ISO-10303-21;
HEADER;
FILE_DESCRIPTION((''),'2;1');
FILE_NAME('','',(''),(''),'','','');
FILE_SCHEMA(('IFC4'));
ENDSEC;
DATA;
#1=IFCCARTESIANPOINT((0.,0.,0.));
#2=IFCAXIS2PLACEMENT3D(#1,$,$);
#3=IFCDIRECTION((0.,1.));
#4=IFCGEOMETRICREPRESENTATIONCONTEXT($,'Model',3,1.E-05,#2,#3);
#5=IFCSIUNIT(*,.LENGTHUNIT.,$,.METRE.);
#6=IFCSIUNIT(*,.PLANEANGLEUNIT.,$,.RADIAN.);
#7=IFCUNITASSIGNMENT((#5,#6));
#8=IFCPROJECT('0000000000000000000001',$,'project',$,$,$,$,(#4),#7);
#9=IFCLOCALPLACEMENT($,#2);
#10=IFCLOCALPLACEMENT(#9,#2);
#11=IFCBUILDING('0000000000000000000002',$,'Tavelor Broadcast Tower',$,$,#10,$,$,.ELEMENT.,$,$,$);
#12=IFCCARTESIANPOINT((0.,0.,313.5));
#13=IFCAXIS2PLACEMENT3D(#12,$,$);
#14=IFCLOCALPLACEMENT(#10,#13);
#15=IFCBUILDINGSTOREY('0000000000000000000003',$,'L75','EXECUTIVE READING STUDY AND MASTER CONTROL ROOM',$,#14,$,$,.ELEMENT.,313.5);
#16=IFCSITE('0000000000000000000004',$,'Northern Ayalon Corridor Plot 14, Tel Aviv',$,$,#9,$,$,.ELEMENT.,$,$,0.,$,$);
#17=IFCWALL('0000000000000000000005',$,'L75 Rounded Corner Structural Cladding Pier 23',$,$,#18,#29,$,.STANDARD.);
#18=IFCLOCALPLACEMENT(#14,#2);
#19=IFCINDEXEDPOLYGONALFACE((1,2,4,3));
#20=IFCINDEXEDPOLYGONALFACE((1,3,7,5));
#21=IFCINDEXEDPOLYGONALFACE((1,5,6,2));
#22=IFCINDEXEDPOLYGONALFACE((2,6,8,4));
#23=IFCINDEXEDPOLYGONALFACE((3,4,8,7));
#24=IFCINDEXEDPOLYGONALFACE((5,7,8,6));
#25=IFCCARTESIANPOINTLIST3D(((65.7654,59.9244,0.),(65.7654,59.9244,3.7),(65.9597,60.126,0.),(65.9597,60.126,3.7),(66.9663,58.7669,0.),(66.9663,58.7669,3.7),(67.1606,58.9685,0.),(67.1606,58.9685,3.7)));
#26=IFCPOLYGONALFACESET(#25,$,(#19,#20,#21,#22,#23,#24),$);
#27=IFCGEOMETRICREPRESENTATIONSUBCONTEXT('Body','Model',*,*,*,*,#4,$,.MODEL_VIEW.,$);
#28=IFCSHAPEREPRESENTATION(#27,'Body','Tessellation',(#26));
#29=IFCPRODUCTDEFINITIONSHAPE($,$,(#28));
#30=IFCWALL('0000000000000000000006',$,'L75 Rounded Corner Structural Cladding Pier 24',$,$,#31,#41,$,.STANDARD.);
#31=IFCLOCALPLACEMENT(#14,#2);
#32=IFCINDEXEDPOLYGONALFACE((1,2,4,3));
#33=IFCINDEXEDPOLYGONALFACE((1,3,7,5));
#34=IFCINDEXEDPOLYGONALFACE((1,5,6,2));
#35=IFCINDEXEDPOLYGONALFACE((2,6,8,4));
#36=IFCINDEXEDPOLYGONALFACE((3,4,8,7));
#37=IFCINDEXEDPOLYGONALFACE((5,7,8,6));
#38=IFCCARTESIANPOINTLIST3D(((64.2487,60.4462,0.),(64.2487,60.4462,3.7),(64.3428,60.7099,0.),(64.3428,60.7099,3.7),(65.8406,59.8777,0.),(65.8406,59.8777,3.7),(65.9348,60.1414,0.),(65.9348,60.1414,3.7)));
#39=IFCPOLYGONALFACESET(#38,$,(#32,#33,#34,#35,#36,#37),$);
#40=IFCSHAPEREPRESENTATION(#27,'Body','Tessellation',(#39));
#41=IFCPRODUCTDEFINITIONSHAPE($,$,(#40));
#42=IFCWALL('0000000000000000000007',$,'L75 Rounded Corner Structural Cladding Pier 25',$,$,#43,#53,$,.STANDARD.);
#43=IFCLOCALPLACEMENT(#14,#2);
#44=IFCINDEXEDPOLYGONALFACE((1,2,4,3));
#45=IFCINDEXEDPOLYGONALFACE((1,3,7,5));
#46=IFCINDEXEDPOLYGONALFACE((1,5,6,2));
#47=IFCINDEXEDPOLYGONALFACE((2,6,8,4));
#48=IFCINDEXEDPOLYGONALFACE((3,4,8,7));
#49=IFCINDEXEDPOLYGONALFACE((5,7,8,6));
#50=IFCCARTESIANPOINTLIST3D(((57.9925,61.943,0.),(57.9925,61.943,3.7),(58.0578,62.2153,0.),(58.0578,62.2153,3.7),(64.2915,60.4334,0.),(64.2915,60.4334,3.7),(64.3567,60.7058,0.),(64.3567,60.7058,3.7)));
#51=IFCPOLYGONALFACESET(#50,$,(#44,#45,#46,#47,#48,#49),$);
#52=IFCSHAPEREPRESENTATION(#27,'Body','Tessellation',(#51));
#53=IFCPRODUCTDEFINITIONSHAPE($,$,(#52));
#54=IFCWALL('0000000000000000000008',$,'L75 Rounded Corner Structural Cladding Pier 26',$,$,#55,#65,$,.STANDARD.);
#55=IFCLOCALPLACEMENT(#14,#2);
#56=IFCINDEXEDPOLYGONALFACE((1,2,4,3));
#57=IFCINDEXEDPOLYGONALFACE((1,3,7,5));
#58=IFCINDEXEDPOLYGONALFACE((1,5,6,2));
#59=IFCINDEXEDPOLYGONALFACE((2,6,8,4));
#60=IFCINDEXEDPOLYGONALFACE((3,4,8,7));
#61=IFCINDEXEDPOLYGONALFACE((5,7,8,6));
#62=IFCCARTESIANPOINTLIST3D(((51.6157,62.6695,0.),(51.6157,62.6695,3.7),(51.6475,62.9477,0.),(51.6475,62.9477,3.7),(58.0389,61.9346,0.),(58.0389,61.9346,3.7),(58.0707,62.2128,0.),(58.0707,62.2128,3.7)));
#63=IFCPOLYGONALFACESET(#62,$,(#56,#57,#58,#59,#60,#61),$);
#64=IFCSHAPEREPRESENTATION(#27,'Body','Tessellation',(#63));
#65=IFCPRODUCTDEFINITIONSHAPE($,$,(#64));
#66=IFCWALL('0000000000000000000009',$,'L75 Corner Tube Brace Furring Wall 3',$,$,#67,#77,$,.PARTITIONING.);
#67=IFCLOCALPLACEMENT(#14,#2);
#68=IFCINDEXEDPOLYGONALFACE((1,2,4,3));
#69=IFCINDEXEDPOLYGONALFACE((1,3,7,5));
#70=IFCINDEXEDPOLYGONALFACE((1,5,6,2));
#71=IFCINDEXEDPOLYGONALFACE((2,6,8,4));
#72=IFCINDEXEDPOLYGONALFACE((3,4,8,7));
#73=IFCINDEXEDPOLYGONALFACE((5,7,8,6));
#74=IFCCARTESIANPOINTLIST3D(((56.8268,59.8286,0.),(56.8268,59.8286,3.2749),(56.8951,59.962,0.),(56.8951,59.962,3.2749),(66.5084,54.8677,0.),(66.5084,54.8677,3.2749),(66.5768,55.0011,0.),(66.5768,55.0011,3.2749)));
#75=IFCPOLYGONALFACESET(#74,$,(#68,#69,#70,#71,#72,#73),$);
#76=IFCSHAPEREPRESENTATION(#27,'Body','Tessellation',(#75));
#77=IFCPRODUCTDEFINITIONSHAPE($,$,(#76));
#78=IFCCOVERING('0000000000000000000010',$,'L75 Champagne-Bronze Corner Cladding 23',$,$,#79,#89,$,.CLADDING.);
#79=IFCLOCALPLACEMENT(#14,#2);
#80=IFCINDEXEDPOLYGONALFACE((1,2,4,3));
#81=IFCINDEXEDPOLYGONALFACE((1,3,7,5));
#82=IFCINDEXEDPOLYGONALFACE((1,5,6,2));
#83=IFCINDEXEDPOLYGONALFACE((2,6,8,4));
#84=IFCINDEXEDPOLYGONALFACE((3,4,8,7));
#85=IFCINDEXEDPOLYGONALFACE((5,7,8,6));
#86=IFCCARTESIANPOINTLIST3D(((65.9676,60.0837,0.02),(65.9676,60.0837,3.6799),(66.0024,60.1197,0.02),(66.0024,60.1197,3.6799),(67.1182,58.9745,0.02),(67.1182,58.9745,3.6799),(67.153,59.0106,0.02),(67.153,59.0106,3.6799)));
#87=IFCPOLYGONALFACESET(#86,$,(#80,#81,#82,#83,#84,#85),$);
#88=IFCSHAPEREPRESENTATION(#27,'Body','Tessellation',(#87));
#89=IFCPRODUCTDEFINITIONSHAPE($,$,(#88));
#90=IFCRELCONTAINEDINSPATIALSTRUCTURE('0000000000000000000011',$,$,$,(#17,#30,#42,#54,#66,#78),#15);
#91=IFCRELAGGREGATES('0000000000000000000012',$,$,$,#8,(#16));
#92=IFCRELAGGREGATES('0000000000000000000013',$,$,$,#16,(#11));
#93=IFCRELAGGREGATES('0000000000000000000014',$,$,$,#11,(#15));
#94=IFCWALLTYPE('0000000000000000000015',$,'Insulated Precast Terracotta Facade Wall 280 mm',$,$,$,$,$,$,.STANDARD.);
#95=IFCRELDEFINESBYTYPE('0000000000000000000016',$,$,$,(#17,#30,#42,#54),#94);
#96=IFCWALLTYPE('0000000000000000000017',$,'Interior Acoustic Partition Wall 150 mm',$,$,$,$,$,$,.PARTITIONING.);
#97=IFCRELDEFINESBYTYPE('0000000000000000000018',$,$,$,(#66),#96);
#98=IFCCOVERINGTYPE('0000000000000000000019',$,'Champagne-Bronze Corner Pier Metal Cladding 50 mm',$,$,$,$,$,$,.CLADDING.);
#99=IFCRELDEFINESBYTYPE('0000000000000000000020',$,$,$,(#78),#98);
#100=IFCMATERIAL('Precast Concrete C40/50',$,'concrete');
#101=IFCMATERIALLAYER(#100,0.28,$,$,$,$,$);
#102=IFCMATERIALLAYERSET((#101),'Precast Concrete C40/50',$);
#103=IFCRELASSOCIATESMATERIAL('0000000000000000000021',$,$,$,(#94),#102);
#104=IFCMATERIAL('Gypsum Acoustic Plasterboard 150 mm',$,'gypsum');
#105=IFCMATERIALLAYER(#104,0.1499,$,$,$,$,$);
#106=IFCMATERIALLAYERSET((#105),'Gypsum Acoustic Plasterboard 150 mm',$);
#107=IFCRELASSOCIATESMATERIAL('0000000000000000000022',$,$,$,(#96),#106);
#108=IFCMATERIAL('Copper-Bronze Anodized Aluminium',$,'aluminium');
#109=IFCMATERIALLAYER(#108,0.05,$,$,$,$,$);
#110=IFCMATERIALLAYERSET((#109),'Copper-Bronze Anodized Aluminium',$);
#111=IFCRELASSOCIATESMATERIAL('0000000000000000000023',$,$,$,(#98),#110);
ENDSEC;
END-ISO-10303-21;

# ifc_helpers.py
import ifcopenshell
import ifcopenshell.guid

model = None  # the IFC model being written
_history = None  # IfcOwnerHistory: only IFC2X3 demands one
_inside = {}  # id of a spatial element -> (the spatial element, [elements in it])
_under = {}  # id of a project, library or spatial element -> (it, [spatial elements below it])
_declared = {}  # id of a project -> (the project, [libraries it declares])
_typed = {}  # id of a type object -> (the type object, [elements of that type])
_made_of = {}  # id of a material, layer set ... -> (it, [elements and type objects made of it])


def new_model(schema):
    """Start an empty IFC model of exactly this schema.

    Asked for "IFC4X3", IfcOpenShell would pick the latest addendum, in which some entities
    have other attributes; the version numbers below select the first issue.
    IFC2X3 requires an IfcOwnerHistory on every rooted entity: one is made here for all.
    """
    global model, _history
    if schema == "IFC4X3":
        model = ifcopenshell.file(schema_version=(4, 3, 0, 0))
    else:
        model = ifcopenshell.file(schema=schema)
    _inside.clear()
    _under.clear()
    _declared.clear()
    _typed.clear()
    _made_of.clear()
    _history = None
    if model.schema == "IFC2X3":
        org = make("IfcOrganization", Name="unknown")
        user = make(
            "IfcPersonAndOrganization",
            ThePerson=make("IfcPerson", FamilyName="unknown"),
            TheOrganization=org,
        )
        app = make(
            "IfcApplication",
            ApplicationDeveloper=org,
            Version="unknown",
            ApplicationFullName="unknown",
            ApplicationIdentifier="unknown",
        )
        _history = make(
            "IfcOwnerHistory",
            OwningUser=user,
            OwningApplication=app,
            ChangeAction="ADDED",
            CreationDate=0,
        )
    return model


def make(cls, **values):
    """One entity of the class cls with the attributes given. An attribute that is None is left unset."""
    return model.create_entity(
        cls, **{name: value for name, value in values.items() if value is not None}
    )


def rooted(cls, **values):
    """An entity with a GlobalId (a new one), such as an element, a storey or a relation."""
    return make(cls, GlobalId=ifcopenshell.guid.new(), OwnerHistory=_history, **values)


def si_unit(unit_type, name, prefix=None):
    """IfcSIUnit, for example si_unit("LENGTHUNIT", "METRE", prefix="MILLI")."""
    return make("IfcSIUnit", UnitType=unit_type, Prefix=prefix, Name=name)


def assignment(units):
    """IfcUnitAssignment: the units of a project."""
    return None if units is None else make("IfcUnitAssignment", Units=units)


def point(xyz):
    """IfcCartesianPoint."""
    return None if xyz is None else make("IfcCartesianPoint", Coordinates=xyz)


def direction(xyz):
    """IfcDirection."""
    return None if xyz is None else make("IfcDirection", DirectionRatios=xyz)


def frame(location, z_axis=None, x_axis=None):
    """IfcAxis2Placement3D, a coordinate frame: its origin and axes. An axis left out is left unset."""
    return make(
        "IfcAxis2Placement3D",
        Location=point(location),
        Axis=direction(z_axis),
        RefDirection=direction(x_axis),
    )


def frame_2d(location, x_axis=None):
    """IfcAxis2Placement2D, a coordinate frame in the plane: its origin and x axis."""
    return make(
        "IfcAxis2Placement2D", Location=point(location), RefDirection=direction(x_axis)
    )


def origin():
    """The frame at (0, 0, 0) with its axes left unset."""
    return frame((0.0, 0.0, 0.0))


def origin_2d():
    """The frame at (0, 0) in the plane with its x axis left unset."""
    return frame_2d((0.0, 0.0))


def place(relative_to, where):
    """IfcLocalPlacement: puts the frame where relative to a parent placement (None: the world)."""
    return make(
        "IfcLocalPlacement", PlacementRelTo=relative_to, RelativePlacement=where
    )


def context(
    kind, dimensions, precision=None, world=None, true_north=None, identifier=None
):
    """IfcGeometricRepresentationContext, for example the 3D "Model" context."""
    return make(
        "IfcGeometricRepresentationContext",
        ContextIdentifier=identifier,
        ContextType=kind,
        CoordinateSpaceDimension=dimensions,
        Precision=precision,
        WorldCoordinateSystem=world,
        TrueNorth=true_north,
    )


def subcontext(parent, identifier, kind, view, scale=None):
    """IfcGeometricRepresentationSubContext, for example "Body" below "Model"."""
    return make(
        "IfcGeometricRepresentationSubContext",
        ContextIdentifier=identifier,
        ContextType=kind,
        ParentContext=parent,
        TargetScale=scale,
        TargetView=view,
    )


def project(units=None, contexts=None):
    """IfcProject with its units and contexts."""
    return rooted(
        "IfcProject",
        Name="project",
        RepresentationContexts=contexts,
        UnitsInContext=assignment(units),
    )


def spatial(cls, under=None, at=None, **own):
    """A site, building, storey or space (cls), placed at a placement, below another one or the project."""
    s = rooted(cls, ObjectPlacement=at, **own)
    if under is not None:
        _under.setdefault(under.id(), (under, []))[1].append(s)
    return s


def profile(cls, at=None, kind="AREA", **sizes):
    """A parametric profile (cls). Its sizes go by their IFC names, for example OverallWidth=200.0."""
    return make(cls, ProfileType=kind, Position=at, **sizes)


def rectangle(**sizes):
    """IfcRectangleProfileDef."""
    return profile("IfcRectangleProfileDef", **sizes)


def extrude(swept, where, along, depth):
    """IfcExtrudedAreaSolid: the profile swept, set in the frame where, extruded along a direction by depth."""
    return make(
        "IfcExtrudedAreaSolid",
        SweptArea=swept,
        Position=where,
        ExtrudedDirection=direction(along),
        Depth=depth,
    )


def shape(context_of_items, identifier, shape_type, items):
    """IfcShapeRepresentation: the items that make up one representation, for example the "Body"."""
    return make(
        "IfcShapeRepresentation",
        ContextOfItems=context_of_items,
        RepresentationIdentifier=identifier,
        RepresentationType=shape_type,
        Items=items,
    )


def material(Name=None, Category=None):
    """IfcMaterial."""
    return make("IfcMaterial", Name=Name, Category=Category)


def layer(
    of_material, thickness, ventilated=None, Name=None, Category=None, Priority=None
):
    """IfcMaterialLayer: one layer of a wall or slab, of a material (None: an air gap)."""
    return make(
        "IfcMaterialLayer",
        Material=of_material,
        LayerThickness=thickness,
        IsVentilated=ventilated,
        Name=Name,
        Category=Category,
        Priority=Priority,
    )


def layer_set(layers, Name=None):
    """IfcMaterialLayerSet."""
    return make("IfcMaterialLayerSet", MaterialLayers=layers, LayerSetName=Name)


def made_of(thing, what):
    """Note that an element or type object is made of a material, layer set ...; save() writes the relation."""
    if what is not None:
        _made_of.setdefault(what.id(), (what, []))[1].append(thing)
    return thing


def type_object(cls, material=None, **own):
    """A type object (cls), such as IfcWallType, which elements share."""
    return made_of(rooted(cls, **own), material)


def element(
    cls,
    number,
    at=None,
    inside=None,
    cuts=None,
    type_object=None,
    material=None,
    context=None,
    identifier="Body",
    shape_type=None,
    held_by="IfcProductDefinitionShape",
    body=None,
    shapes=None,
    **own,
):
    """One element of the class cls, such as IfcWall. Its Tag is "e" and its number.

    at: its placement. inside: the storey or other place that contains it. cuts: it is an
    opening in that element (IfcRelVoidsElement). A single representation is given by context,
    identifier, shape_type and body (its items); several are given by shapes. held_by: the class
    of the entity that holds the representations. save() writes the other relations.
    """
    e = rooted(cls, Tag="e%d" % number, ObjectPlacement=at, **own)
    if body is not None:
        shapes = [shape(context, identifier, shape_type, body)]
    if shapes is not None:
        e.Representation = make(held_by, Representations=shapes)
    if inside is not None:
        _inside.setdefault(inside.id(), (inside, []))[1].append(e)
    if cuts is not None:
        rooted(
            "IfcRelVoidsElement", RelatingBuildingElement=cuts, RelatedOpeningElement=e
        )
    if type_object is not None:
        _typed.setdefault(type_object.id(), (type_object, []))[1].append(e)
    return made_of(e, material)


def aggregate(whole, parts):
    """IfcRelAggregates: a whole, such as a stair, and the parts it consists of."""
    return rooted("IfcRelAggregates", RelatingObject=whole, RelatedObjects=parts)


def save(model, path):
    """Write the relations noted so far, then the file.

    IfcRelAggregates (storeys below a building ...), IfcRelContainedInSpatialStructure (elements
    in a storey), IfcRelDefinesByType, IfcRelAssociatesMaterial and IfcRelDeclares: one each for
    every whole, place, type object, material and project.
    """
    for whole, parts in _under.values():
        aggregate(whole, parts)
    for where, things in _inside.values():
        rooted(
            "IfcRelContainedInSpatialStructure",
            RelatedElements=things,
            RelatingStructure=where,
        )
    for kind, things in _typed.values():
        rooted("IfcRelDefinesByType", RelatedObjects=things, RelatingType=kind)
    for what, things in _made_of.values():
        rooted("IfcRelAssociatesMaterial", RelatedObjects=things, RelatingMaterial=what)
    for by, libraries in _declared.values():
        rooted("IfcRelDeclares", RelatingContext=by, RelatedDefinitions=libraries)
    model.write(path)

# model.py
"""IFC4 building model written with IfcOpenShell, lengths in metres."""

from ifc_helpers import new_model, si_unit, direction, frame, frame_2d, origin, origin_2d, place, context, subcontext, project, spatial, rectangle, extrude, material, layer, layer_set, type_object, element, save


model = new_model("IFC4")

# Units and contexts
model_context = context("Model", 3, precision=1e-05, world=origin(), true_north=direction((0.0, 1.0)))
body_context = subcontext(model_context, "Body", "Model", "MODEL_VIEW")
ifc_project = project(units=[si_unit("LENGTHUNIT", "METRE"), si_unit("PLANEANGLEUNIT", "RADIAN")], contexts=[model_context])

# Site, building, storey
site_placement = place(None, origin())
site = spatial("IfcSite", under=ifc_project, at=site_placement, Name="Northern Ayalon Corridor Plot 14, Tel Aviv", CompositionType="ELEMENT", RefElevation=0.0)
building_placement = place(site_placement, origin())
building = spatial("IfcBuilding", under=site, at=building_placement, Name="Tavelor Broadcast Tower", CompositionType="ELEMENT")
storey_placement = place(building_placement, frame((0.0, 0.0, 313.5)))
storey = spatial("IfcBuildingStorey", under=building, at=storey_placement, Name="L75", Description="EXECUTIVE READING STUDY AND MASTER CONTROL ROOM", CompositionType="ELEMENT", Elevation=313.5)

# Walls
ifc_material_1 = material(Name="Precast Concrete C40/50", Category="concrete")
ifc_layer_1 = layer(ifc_material_1, 0.28)
ifc_layer_set_1 = layer_set([ifc_layer_1], Name="Precast Concrete C40/50")
wall_type_1 = type_object("IfcWallType", Name="Insulated Precast Terracotta Facade Wall 280 mm", PredefinedType="STANDARD", material=ifc_layer_set_1)
wall_1_placement = place(storey_placement, frame((67.0635, 58.8677, 0.0), z_axis=(0.0, 0.0, 1.0), x_axis=(-0.720014, 0.693959, 0.0)))
element("IfcWall", 1, at=wall_1_placement, inside=storey, type_object=wall_type_1, Name="L75 Rounded Corner Structural Cladding Pier 23", PredefinedType="STANDARD", context=body_context, shape_type="SweptSolid", body=[
    extrude(rectangle(XDim=1.668, YDim=0.28, at=frame_2d((0.834, 0.0))), origin(), (0.0, 0.0, 1.0), 3.7),
])
wall_2_placement = place(storey_placement, frame((65.8877, 60.0095, 0.0), z_axis=(0.0, 0.0, 1.0), x_axis=(-0.941739, 0.336346, 0.0)))
element("IfcWall", 2, at=wall_2_placement, inside=storey, type_object=wall_type_1, Name="L75 Rounded Corner Structural Cladding Pier 24", PredefinedType="STANDARD", context=body_context, shape_type="SweptSolid", body=[
    extrude(rectangle(XDim=1.6904, YDim=0.28, at=frame_2d((0.8452, 0.0))), origin(), (0.0, 0.0, 1.0), 3.7),
])
wall_3_placement = place(storey_placement, frame((64.3242, 60.5696, 0.0), z_axis=(0.0, 0.0, 1.0), x_axis=(-0.972464, 0.233052, 0.0)))
element("IfcWall", 3, at=wall_3_placement, inside=storey, type_object=wall_type_1, Name="L75 Rounded Corner Structural Cladding Pier 25", PredefinedType="STANDARD", context=body_context, shape_type="SweptSolid", body=[
    extrude(rectangle(XDim=6.4773, YDim=0.28, at=frame_2d((3.2388, 0.0))), origin(), (0.0, 0.0, 1.0), 3.7),
])
wall_4_placement = place(storey_placement, frame((58.0547, 62.0737, 0.0), z_axis=(0.0, 0.0, 1.0), x_axis=(-0.993519, 0.113668, 0.0)))
element("IfcWall", 4, at=wall_4_placement, inside=storey, type_object=wall_type_1, Name="L75 Rounded Corner Structural Cladding Pier 26", PredefinedType="STANDARD", context=body_context, shape_type="SweptSolid", body=[
    extrude(rectangle(XDim=6.4651, YDim=0.28, at=frame_2d((3.2324, 0.0))), origin(), (0.0, 0.0, 1.0), 3.7),
])
ifc_material_2 = material(Name="Gypsum Acoustic Plasterboard 150 mm", Category="gypsum")
ifc_layer_2 = layer(ifc_material_2, 0.1499)
ifc_layer_set_2 = layer_set([ifc_layer_2], Name="Gypsum Acoustic Plasterboard 150 mm")
wall_type_2 = type_object("IfcWallType", Name="Interior Acoustic Partition Wall 150 mm", PredefinedType="PARTITIONING", material=ifc_layer_set_2)
wall_5_placement = place(storey_placement, frame((66.5427, 54.9343, 0.0), z_axis=(0.0, 0.0, 1.0), x_axis=(-0.889967, 0.456025, 0.0)))
element("IfcWall", 5, at=wall_5_placement, inside=storey, type_object=wall_type_2, Name="L75 Corner Tube Brace Furring Wall 3", PredefinedType="PARTITIONING", context=body_context, shape_type="SweptSolid", body=[
    extrude(rectangle(XDim=10.8787, YDim=0.1499, at=frame_2d((5.4395, 0.0))), origin(), (0.0, 0.0, 1.0), 3.2749),
])

# Covering
ifc_material_3 = material(Name="Copper-Bronze Anodized Aluminium", Category="aluminium")
ifc_layer_3 = layer(ifc_material_3, 0.05)
ifc_layer_set_3 = layer_set([ifc_layer_3], Name="Copper-Bronze Anodized Aluminium")
covering_type = type_object("IfcCoveringType", Name="Champagne-Bronze Corner Pier Metal Cladding 50 mm", PredefinedType="CLADDING", material=ifc_layer_set_3)
covering_placement = place(storey_placement, frame((66.5603, 59.5471, 0.02), z_axis=(0.0, 0.0, 1.0), x_axis=(-0.719946, 0.69403, 0.0)))
element("IfcCovering", 6, at=covering_placement, inside=storey, type_object=covering_type, Name="L75 Champagne-Bronze Corner Cladding 23", PredefinedType="CLADDING", context=body_context, shape_type="SweptSolid", body=[
    extrude(rectangle(XDim=1.5981, YDim=0.05, at=origin_2d()), origin(), (0.0, 0.0, 1.0), 3.6599),
])

save(model, "model.ifc")
